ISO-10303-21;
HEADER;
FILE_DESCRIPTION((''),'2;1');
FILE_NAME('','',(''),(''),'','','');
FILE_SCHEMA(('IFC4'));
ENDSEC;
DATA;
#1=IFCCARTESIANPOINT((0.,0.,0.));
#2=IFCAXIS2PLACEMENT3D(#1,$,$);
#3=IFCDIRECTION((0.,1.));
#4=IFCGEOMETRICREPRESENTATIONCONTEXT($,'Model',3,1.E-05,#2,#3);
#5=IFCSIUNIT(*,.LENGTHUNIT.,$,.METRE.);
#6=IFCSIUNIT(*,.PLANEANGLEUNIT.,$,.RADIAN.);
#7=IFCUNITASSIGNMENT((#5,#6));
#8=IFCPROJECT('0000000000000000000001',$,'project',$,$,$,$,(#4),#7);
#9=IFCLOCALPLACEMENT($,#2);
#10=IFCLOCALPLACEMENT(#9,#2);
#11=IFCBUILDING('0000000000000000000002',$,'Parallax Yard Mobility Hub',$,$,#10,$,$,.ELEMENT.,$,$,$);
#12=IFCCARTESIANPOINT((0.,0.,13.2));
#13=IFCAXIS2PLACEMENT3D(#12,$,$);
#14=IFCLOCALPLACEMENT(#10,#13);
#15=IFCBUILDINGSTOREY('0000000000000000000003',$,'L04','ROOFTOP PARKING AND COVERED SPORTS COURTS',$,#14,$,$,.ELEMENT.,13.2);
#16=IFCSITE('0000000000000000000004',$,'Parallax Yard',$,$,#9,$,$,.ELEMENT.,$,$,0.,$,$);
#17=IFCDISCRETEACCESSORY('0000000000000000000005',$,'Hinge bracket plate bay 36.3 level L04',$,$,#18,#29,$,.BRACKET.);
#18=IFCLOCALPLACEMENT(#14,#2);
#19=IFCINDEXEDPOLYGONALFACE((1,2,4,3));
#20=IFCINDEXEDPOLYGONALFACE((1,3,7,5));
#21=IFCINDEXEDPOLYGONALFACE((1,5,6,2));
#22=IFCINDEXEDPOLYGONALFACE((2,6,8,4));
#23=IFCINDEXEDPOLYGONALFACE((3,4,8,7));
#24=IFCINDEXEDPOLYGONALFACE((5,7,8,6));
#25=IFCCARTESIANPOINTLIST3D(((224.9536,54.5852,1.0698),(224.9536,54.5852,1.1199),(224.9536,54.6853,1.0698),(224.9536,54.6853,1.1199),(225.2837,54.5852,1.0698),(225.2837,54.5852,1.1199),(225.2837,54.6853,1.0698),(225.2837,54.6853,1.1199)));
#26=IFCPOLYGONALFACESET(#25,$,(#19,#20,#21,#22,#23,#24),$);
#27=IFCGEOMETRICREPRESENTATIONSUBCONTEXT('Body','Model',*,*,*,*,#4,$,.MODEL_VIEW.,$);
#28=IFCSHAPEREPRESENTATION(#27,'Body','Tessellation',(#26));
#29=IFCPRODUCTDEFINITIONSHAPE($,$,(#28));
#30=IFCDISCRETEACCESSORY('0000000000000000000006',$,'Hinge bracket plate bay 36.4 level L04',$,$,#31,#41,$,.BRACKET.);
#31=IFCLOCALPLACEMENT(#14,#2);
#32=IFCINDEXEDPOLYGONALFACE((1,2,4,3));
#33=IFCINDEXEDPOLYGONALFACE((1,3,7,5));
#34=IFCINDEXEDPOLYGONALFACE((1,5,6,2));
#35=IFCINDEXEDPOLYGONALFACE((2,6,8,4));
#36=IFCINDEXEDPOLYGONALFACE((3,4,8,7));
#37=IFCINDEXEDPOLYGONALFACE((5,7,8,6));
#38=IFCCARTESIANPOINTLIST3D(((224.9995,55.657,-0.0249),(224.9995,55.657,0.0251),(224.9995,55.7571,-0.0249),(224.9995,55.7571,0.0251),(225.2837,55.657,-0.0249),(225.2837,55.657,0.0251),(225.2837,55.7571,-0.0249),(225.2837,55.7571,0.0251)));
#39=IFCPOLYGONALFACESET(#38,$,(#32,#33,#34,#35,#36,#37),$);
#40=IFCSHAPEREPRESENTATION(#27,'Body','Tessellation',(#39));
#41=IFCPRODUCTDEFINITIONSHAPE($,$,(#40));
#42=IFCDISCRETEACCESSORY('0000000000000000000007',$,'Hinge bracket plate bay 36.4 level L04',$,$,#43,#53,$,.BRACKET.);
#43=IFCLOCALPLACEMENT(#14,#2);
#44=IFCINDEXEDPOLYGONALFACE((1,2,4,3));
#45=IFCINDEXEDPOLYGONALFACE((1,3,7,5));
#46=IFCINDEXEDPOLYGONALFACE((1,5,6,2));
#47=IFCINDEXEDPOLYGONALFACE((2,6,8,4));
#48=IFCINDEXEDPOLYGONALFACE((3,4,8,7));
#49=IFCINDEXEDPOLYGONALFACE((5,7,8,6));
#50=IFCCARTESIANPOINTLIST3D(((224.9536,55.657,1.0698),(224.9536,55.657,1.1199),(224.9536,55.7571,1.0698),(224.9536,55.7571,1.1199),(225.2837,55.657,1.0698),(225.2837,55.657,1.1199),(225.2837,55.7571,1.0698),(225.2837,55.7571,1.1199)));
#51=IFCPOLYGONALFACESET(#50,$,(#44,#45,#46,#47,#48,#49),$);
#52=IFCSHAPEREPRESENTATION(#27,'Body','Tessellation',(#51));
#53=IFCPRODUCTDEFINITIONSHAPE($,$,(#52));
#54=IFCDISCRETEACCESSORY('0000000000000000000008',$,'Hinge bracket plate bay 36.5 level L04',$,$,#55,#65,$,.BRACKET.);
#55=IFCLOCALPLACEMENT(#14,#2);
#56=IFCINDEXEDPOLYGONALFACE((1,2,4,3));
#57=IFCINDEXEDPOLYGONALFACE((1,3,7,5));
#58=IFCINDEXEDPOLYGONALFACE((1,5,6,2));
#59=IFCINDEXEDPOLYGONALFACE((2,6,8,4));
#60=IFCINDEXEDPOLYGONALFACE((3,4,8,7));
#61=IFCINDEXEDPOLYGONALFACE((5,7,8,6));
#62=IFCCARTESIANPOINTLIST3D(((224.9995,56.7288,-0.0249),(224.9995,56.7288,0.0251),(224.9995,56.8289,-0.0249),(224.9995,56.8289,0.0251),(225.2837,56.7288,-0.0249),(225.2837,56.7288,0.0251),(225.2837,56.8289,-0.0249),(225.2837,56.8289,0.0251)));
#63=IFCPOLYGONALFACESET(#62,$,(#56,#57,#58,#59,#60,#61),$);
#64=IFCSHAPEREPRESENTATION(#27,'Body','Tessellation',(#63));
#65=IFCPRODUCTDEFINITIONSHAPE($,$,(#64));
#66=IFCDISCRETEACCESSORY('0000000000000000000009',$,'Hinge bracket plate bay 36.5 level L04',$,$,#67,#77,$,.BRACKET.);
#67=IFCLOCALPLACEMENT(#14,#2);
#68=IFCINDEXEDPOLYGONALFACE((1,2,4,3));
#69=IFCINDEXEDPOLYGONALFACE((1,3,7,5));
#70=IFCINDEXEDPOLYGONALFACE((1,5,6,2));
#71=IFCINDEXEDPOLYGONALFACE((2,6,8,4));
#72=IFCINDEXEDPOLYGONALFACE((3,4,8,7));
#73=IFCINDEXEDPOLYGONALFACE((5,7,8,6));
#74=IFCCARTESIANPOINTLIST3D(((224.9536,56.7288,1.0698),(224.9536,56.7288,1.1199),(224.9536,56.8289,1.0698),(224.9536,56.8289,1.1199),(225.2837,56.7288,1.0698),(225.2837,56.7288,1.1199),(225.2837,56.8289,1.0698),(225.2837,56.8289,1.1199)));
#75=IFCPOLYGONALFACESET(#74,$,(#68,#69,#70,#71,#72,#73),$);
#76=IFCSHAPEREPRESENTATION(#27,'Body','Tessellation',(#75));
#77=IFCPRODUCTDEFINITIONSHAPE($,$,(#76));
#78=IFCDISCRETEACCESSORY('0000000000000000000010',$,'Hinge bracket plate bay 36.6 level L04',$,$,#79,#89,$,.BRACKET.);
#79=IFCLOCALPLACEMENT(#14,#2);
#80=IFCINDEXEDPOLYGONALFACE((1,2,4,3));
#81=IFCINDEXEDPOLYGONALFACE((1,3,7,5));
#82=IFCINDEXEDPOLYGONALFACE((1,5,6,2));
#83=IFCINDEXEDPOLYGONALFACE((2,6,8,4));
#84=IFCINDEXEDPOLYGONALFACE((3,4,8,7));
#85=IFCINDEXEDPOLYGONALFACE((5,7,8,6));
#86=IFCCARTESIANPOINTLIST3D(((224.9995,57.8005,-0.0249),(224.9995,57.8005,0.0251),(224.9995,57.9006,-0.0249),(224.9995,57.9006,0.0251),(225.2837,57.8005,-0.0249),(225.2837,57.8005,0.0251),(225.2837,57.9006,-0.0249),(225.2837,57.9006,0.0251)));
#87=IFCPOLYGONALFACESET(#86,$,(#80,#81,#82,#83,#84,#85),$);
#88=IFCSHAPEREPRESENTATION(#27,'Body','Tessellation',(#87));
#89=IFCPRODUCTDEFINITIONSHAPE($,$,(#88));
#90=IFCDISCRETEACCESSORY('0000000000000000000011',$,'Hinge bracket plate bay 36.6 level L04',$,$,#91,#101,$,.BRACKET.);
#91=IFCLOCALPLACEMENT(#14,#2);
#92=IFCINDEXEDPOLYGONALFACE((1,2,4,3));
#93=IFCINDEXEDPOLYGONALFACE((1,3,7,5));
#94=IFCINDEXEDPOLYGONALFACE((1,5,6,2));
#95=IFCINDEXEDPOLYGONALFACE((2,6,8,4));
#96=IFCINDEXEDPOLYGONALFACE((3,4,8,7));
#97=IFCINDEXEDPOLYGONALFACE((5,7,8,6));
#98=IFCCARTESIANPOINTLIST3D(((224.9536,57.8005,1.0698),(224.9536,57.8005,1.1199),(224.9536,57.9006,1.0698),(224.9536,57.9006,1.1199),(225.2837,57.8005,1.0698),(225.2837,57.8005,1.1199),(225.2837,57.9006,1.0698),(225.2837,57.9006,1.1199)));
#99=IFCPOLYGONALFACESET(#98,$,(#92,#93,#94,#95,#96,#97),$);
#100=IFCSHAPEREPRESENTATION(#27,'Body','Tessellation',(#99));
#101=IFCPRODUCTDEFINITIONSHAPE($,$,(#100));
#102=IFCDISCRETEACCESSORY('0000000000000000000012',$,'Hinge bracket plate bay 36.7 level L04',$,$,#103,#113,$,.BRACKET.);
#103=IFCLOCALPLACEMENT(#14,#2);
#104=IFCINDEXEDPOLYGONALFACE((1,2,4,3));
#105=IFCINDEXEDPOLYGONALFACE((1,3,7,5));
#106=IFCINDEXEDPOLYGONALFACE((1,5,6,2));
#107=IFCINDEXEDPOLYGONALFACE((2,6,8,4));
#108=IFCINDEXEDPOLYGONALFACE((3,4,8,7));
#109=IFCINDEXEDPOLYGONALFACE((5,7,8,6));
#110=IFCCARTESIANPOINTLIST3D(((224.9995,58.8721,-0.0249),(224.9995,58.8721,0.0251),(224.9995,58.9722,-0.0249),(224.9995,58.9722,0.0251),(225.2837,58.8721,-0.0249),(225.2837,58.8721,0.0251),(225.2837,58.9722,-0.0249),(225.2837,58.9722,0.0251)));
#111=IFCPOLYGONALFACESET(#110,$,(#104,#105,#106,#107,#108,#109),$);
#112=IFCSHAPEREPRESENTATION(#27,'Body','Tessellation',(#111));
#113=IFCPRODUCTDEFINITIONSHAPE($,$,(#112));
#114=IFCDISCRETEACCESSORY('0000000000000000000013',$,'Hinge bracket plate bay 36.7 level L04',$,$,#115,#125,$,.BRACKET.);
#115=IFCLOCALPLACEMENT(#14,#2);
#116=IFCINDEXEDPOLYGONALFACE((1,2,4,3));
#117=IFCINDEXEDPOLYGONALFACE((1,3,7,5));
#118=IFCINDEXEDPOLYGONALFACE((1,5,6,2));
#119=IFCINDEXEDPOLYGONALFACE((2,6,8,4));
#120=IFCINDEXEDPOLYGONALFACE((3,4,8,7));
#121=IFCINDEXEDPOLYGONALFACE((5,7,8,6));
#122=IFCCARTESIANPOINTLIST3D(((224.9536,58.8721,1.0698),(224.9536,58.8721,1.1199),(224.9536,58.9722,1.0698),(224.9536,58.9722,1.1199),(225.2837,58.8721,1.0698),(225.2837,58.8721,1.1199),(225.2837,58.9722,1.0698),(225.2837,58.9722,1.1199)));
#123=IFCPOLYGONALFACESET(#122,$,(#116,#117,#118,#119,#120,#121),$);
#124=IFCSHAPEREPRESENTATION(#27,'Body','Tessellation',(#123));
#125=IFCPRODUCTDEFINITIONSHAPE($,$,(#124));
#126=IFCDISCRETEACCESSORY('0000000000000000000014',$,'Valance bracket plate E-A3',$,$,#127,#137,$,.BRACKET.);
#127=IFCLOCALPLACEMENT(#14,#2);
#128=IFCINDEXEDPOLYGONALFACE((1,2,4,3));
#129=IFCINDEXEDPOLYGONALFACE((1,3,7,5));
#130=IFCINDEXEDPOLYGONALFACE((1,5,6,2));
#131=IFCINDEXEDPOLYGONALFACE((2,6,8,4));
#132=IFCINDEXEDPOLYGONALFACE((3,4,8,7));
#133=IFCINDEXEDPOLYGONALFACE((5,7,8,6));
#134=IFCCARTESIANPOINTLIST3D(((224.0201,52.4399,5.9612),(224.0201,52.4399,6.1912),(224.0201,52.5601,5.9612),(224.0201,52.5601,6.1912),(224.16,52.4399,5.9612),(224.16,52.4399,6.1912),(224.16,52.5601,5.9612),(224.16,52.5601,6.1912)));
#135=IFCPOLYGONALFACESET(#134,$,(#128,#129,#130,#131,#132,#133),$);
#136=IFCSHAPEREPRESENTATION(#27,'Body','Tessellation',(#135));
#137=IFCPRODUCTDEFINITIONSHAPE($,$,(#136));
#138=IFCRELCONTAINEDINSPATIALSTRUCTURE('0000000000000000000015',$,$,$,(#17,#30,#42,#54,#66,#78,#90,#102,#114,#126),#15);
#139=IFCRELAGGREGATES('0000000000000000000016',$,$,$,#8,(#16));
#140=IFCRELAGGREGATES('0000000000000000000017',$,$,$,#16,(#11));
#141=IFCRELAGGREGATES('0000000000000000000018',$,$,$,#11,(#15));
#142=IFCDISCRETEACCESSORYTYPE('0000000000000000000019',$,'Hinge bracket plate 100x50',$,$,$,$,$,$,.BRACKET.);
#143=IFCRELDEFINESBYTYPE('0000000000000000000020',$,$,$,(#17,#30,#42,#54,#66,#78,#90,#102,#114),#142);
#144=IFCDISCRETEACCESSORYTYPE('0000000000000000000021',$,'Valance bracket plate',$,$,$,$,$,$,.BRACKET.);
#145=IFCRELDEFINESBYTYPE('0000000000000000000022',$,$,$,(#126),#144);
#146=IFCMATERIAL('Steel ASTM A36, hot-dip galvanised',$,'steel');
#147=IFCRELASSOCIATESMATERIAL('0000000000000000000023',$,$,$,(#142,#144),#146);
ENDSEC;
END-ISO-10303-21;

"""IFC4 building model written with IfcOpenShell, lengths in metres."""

from ifc_helpers import new_model, si_unit, direction, frame, origin, origin_2d, place, context, subcontext, project, spatial, rectangle, extrude, material, type_object, element, save


model = new_model("IFC4")

# Units and contexts
model_context = context("Model", 3, precision=1e-05, world=origin(), true_north=direction((0.0, 1.0)))
body_context = subcontext(model_context, "Body", "Model", "MODEL_VIEW")
ifc_project = project(units=[si_unit("LENGTHUNIT", "METRE"), si_unit("PLANEANGLEUNIT", "RADIAN")], contexts=[model_context])

# Site, building, storey
site_placement = place(None, origin())
site = spatial("IfcSite", under=ifc_project, at=site_placement, Name="Parallax Yard", CompositionType="ELEMENT", RefElevation=0.0)
building_placement = place(site_placement, origin())
building = spatial("IfcBuilding", under=site, at=building_placement, Name="Parallax Yard Mobility Hub", CompositionType="ELEMENT")
storey_placement = place(building_placement, frame((0.0, 0.0, 13.2)))
storey = spatial("IfcBuildingStorey", under=building, at=storey_placement, Name="L04", Description="ROOFTOP PARKING AND COVERED SPORTS COURTS", CompositionType="ELEMENT", Elevation=13.2)

# Discrete accessories
ifc_material_1 = material(Name="Steel ASTM A36, hot-dip galvanised", Category="steel")
discrete_accessory_type_1 = type_object("IfcDiscreteAccessoryType", Name="Hinge bracket plate 100x50", PredefinedType="BRACKET", material=ifc_material_1)
discrete_accessory_1_placement = place(storey_placement, frame((225.1187, 54.6353, 1.0698), z_axis=(0.0, 0.0, 1.0), x_axis=(1.0, 0.0, 0.0)))
element("IfcDiscreteAccessory", 1, at=discrete_accessory_1_placement, inside=storey, type_object=discrete_accessory_type_1, Name="Hinge bracket plate bay 36.3 level L04", PredefinedType="BRACKET", context=body_context, shape_type="SweptSolid", body=[
    extrude(rectangle(XDim=0.3301, YDim=0.1001, at=origin_2d()), origin(), (0.0, 0.0, 1.0), 0.05),
])
discrete_accessory_2_placement = place(storey_placement, frame((225.1416, 55.707, -0.0249), z_axis=(0.0, 0.0, 1.0), x_axis=(1.0, 0.0, 0.0)))
element("IfcDiscreteAccessory", 2, at=discrete_accessory_2_placement, inside=storey, type_object=discrete_accessory_type_1, Name="Hinge bracket plate bay 36.4 level L04", PredefinedType="BRACKET", context=body_context, shape_type="SweptSolid", body=[
    extrude(rectangle(XDim=0.2842, YDim=0.1001, at=origin_2d()), origin(), (0.0, 0.0, 1.0), 0.05),
])
discrete_accessory_3_placement = place(storey_placement, frame((225.1187, 55.707, 1.0698), z_axis=(0.0, 0.0, 1.0), x_axis=(1.0, 0.0, 0.0)))
element("IfcDiscreteAccessory", 3, at=discrete_accessory_3_placement, inside=storey, type_object=discrete_accessory_type_1, Name="Hinge bracket plate bay 36.4 level L04", PredefinedType="BRACKET", context=body_context, shape_type="SweptSolid", body=[
    extrude(rectangle(XDim=0.3301, YDim=0.1001, at=origin_2d()), origin(), (0.0, 0.0, 1.0), 0.05),
])
discrete_accessory_4_placement = place(storey_placement, frame((225.1416, 56.7788, -0.0249), z_axis=(0.0, 0.0, 1.0), x_axis=(1.0, 0.0, 0.0)))
element("IfcDiscreteAccessory", 4, at=discrete_accessory_4_placement, inside=storey, type_object=discrete_accessory_type_1, Name="Hinge bracket plate bay 36.5 level L04", PredefinedType="BRACKET", context=body_context, shape_type="SweptSolid", body=[
    extrude(rectangle(XDim=0.2842, YDim=0.1001, at=origin_2d()), origin(), (0.0, 0.0, 1.0), 0.05),
])
discrete_accessory_5_placement = place(storey_placement, frame((225.1187, 56.7788, 1.0698), z_axis=(0.0, 0.0, 1.0), x_axis=(1.0, 0.0, 0.0)))
element("IfcDiscreteAccessory", 5, at=discrete_accessory_5_placement, inside=storey, type_object=discrete_accessory_type_1, Name="Hinge bracket plate bay 36.5 level L04", PredefinedType="BRACKET", context=body_context, shape_type="SweptSolid", body=[
    extrude(rectangle(XDim=0.3301, YDim=0.1001, at=origin_2d()), origin(), (0.0, 0.0, 1.0), 0.05),
])
discrete_accessory_6_placement = place(storey_placement, frame((225.1416, 57.8506, -0.0249), z_axis=(0.0, 0.0, 1.0), x_axis=(1.0, 0.0, 0.0)))
element("IfcDiscreteAccessory", 6, at=discrete_accessory_6_placement, inside=storey, type_object=discrete_accessory_type_1, Name="Hinge bracket plate bay 36.6 level L04", PredefinedType="BRACKET", context=body_context, shape_type="SweptSolid", body=[
    extrude(rectangle(XDim=0.2842, YDim=0.1001, at=origin_2d()), origin(), (0.0, 0.0, 1.0), 0.05),
])
discrete_accessory_7_placement = place(storey_placement, frame((225.1187, 57.8506, 1.0698), z_axis=(0.0, 0.0, 1.0), x_axis=(1.0, 0.0, 0.0)))
element("IfcDiscreteAccessory", 7, at=discrete_accessory_7_placement, inside=storey, type_object=discrete_accessory_type_1, Name="Hinge bracket plate bay 36.6 level L04", PredefinedType="BRACKET", context=body_context, shape_type="SweptSolid", body=[
    extrude(rectangle(XDim=0.3301, YDim=0.1001, at=origin_2d()), origin(), (0.0, 0.0, 1.0), 0.05),
])
discrete_accessory_8_placement = place(storey_placement, frame((225.1416, 58.9221, -0.0249), z_axis=(0.0, 0.0, 1.0), x_axis=(1.0, 0.0, 0.0)))
element("IfcDiscreteAccessory", 8, at=discrete_accessory_8_placement, inside=storey, type_object=discrete_accessory_type_1, Name="Hinge bracket plate bay 36.7 level L04", PredefinedType="BRACKET", context=body_context, shape_type="SweptSolid", body=[
    extrude(rectangle(XDim=0.2842, YDim=0.1001, at=origin_2d()), origin(), (0.0, 0.0, 1.0), 0.05),
])
discrete_accessory_9_placement = place(storey_placement, frame((225.1187, 58.9221, 1.0698), z_axis=(0.0, 0.0, 1.0), x_axis=(1.0, 0.0, 0.0)))
element("IfcDiscreteAccessory", 9, at=discrete_accessory_9_placement, inside=storey, type_object=discrete_accessory_type_1, Name="Hinge bracket plate bay 36.7 level L04", PredefinedType="BRACKET", context=body_context, shape_type="SweptSolid", body=[
    extrude(rectangle(XDim=0.3301, YDim=0.1001, at=origin_2d()), origin(), (0.0, 0.0, 1.0), 0.05),
])
discrete_accessory_type_2 = type_object("IfcDiscreteAccessoryType", Name="Valance bracket plate", PredefinedType="BRACKET", material=ifc_material_1)
discrete_accessory_10_placement = place(storey_placement, frame((224.0901, 52.5, 5.9612), z_axis=(0.0, 0.0, 1.0), x_axis=(1.0, 0.0, 0.0)))
element("IfcDiscreteAccessory", 10, at=discrete_accessory_10_placement, inside=storey, type_object=discrete_accessory_type_2, Name="Valance bracket plate E-A3", PredefinedType="BRACKET", context=body_context, shape_type="SweptSolid", body=[
    extrude(rectangle(XDim=0.1399, YDim=0.1201, at=origin_2d()), origin(), (0.0, 0.0, 1.0), 0.23),
])

save(model, "model.ifc")
